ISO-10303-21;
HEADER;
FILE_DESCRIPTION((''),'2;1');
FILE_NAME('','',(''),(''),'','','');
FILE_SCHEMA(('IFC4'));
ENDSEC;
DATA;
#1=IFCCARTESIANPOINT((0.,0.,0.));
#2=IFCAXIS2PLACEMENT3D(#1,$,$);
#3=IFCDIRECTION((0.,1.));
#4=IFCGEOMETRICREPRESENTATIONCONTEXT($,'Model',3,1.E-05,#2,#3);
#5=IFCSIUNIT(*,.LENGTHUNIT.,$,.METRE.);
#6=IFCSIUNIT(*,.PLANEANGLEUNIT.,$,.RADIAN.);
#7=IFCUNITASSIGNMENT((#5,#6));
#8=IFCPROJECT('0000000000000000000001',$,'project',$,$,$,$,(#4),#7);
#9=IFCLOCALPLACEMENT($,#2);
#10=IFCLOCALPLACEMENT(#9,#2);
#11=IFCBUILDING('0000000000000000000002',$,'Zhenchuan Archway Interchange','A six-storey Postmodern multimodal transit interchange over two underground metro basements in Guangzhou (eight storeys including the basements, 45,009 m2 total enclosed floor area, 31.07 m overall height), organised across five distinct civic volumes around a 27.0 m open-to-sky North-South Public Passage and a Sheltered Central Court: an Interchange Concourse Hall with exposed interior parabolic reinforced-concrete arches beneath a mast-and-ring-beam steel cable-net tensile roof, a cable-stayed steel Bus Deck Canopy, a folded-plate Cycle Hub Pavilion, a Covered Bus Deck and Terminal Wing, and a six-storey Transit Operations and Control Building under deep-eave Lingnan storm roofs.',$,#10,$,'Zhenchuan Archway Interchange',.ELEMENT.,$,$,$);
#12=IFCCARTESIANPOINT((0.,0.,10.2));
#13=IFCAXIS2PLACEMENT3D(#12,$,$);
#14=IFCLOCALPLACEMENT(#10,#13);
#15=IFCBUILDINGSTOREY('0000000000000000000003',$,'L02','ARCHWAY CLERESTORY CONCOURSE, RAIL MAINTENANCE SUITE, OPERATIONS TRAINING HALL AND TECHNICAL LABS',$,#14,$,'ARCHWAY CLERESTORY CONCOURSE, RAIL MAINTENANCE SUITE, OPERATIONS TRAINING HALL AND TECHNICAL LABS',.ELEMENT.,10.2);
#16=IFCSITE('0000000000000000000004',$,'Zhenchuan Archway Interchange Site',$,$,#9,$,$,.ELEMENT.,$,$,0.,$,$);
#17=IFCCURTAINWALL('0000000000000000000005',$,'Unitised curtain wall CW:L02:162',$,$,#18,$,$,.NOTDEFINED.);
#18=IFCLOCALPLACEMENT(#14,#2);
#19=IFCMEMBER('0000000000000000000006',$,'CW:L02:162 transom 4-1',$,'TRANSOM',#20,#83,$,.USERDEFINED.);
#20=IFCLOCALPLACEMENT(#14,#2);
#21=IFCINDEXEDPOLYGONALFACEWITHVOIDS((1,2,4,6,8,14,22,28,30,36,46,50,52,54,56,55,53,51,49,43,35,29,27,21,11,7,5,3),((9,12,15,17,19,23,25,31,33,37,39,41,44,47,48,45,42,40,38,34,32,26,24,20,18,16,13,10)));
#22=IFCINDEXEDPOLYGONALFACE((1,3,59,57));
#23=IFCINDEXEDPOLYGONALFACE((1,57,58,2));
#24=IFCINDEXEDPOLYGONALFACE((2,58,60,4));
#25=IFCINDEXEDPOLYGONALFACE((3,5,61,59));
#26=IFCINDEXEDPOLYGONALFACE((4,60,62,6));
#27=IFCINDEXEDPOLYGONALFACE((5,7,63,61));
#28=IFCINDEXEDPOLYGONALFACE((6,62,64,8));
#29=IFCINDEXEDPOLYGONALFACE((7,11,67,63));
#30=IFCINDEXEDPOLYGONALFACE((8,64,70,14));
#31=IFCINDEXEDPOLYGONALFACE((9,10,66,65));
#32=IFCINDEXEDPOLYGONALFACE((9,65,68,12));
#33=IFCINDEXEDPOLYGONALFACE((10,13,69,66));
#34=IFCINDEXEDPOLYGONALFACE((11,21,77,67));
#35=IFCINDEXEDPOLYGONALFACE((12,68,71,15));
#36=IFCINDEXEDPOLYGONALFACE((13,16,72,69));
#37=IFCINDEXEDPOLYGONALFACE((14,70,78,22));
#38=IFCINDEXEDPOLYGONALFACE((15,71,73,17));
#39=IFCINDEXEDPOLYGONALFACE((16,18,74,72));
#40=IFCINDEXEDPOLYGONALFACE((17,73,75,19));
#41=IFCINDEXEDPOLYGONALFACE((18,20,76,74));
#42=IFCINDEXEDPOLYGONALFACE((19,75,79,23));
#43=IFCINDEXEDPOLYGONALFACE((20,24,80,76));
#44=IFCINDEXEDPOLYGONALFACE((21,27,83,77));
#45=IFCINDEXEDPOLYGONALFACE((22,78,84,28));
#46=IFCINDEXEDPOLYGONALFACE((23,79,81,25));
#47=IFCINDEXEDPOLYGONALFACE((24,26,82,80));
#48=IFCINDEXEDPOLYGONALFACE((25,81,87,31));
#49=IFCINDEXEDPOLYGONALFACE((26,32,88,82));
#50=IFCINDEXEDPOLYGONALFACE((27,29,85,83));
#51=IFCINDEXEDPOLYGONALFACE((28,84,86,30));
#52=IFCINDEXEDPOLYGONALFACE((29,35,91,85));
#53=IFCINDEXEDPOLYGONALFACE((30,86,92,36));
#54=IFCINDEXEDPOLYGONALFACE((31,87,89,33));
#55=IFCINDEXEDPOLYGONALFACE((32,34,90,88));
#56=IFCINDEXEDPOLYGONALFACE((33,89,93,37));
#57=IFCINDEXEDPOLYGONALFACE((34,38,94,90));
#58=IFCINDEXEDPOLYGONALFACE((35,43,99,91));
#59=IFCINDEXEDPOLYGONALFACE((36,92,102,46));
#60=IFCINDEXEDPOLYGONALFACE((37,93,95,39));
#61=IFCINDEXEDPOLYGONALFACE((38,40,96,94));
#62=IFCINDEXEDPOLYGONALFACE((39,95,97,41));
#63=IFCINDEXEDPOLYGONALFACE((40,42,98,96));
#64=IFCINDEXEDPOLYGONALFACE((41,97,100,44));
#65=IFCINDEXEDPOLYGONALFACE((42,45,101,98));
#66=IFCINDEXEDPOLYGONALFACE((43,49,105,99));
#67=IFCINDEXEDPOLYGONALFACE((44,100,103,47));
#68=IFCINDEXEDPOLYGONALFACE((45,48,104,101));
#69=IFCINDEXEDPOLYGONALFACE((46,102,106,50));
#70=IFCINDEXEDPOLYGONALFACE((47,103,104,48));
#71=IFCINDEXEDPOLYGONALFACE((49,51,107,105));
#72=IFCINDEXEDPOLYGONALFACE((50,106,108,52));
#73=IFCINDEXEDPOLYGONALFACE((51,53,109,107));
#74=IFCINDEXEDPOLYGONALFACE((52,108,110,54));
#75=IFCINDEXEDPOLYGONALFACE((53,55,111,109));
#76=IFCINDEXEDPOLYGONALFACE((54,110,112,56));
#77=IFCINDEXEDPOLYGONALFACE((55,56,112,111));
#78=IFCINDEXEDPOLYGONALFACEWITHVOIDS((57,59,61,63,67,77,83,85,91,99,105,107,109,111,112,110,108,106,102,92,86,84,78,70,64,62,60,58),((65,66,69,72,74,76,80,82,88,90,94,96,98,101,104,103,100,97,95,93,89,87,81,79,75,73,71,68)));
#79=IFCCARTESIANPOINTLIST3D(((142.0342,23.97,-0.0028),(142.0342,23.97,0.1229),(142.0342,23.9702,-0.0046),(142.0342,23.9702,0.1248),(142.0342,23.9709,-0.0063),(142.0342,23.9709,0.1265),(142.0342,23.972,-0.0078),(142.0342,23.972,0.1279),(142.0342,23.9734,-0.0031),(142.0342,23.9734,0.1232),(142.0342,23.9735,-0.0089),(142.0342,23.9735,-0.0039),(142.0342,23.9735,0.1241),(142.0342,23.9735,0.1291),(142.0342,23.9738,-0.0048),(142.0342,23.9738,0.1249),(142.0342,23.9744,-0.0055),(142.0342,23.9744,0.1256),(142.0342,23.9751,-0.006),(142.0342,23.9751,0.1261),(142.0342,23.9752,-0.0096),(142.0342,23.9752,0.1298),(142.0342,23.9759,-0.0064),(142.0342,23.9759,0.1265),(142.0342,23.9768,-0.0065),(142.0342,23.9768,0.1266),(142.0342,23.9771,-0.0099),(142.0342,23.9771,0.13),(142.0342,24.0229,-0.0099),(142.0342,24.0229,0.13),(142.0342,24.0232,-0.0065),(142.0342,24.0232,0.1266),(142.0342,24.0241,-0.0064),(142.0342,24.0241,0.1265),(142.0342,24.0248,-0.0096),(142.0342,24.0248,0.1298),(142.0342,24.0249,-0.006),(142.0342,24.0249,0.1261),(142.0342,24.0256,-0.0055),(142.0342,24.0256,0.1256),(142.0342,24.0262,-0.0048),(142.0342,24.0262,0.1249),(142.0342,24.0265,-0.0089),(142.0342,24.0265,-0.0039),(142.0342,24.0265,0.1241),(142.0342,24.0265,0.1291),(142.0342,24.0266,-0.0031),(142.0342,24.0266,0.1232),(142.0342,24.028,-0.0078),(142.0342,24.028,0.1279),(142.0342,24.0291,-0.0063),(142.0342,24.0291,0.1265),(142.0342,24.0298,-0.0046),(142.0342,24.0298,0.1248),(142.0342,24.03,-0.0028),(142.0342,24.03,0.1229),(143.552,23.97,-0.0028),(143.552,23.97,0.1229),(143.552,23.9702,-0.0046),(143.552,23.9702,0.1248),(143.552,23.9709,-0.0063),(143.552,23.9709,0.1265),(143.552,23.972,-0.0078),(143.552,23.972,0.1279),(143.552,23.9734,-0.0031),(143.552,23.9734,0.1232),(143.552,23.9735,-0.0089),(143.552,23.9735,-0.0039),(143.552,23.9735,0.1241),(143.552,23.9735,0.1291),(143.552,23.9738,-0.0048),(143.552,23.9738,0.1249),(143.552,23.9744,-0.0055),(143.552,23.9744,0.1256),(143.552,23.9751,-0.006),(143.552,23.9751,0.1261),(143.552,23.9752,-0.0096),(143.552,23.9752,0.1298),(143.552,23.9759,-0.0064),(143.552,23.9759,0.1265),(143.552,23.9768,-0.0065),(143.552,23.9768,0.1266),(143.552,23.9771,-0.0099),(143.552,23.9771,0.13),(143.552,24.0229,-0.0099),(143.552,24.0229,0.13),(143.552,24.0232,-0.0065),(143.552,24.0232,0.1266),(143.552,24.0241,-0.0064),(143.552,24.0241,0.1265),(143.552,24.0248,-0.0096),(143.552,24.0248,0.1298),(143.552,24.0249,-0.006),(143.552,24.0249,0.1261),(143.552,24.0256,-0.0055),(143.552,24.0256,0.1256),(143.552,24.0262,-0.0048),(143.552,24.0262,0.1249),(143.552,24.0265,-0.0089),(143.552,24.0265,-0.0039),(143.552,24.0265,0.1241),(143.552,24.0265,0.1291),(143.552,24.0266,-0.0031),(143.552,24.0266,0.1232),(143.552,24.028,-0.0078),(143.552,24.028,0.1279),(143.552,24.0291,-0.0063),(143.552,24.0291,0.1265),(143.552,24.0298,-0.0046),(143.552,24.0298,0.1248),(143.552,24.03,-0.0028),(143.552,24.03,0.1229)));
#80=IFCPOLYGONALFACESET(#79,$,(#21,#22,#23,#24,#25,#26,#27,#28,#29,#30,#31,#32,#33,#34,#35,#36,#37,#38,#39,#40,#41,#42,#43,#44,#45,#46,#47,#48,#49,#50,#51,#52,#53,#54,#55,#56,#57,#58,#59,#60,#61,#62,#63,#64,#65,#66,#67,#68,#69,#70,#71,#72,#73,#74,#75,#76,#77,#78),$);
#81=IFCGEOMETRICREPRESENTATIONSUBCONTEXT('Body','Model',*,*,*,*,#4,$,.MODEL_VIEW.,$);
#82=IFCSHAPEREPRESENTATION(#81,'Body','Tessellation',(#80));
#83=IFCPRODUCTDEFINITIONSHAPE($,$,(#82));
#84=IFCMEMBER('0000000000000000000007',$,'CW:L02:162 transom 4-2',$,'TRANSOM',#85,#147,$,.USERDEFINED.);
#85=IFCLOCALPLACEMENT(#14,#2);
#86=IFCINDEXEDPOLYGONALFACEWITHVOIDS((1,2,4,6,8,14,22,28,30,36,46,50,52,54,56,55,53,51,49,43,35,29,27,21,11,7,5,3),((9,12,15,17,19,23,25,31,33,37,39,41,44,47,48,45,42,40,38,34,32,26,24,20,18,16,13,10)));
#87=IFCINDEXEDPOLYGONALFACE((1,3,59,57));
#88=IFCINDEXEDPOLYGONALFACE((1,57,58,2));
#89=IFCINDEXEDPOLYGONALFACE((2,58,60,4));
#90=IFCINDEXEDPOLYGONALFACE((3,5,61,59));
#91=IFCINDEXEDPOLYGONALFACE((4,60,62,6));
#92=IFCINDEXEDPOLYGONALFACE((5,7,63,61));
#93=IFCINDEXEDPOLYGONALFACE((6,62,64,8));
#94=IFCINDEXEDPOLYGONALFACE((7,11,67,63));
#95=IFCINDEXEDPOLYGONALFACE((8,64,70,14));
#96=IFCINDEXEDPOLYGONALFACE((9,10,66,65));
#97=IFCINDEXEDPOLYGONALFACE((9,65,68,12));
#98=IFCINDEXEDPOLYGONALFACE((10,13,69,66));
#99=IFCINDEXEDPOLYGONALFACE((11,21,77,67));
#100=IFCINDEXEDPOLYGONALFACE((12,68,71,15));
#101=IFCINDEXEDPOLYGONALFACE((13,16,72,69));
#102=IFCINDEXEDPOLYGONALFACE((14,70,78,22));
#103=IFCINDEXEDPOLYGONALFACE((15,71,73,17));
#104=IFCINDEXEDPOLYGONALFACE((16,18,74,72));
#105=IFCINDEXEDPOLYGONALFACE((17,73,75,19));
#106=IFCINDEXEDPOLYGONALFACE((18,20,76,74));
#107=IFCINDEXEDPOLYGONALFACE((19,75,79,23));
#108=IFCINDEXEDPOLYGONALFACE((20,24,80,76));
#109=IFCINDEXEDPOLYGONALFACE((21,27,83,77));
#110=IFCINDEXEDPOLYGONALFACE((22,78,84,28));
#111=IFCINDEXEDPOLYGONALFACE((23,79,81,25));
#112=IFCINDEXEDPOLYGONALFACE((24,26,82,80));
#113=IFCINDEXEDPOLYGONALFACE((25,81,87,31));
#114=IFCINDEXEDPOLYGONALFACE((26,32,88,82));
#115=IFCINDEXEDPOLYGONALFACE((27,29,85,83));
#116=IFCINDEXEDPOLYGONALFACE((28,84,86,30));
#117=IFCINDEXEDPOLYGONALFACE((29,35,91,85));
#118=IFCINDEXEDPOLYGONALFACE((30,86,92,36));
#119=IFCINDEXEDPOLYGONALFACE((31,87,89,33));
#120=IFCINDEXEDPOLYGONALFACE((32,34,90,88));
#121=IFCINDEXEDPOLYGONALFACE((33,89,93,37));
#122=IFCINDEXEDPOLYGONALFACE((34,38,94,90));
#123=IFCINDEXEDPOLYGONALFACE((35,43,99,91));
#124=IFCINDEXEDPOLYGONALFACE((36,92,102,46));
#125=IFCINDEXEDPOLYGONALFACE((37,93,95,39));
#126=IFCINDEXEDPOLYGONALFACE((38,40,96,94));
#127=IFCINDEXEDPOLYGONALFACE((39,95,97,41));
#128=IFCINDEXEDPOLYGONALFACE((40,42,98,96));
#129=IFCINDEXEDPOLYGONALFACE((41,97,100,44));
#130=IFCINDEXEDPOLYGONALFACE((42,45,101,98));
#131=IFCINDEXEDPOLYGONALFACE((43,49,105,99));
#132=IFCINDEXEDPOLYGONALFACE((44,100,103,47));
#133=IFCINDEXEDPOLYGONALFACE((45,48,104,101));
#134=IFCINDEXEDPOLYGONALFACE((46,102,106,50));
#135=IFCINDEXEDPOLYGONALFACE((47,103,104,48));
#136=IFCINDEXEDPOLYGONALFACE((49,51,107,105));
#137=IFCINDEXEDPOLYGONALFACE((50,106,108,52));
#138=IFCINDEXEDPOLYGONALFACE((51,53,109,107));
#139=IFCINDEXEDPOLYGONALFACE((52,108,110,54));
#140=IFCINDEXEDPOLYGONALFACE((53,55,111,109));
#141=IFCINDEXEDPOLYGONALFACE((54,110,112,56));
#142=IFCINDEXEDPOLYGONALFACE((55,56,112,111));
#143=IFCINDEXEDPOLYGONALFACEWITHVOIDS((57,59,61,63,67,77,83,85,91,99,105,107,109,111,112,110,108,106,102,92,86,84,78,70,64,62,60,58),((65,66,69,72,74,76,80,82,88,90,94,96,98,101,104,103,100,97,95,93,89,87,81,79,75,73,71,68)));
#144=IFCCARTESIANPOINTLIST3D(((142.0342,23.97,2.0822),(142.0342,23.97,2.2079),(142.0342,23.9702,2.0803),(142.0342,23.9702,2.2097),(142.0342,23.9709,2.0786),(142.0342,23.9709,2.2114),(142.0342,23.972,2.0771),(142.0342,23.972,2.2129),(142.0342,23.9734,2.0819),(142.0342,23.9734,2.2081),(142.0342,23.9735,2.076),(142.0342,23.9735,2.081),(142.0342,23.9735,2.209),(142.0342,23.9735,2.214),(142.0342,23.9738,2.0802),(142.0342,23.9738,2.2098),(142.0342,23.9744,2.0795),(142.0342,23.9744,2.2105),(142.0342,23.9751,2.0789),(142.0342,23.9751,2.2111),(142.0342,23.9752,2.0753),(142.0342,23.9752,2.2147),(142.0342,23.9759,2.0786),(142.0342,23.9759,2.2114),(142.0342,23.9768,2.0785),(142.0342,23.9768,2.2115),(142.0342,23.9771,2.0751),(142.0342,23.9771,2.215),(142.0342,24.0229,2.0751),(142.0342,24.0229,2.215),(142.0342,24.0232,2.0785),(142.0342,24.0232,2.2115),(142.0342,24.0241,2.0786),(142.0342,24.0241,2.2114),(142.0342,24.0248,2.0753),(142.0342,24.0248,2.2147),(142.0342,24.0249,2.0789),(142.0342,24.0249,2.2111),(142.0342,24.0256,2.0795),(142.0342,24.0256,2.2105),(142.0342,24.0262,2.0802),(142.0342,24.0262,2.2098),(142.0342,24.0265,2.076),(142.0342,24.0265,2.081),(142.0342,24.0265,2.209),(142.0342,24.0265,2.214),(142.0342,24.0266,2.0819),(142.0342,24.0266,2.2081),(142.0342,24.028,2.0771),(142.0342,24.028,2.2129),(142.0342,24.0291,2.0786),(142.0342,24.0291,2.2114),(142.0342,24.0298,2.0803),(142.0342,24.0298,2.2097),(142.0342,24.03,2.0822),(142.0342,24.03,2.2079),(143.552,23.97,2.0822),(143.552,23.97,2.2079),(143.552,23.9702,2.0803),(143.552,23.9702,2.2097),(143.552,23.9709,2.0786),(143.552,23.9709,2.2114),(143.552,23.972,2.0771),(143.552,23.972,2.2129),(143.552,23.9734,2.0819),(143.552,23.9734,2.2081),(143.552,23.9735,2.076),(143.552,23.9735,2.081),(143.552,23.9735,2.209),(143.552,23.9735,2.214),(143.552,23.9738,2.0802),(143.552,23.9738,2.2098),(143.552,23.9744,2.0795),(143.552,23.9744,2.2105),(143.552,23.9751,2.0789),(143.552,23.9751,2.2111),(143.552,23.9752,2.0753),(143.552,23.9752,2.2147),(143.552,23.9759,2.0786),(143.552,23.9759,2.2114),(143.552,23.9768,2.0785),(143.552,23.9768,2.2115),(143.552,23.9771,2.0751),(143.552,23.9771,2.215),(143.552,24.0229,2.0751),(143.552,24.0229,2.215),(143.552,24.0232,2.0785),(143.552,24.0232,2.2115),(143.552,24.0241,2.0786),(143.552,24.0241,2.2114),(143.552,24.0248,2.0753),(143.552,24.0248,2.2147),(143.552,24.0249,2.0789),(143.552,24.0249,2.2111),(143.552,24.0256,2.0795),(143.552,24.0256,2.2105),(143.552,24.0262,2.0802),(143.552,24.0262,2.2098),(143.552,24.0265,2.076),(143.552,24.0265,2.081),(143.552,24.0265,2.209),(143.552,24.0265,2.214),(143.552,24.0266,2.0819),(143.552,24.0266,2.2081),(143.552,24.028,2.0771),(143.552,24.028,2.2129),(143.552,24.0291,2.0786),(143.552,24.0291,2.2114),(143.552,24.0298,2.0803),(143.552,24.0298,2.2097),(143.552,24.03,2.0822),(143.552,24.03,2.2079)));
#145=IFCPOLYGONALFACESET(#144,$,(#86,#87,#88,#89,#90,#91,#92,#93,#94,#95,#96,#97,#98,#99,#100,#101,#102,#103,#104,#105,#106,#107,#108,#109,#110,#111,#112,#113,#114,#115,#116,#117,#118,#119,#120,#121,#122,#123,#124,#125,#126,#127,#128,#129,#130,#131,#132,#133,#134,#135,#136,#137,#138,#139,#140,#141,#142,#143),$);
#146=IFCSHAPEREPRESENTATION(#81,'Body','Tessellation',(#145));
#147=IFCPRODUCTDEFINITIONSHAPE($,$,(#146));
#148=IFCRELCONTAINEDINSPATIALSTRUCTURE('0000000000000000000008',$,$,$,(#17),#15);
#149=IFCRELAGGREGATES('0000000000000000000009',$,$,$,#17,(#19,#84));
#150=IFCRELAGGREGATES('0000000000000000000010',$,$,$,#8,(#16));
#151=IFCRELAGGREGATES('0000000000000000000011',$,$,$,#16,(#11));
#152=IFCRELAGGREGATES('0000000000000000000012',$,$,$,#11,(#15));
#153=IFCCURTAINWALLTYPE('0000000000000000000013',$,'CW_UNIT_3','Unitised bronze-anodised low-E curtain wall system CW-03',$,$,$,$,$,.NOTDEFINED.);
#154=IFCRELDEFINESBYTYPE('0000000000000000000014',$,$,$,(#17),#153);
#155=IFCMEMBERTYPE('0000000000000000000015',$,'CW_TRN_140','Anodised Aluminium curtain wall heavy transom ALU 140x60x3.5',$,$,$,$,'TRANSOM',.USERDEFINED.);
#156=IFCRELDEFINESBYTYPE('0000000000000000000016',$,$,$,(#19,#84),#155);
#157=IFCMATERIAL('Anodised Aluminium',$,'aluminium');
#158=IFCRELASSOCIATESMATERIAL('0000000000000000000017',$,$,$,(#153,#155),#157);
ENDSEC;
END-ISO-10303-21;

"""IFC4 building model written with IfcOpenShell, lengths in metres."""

from ifc_helpers import new_model, si_unit, direction, frame, origin, origin_2d, place, context, subcontext, project, spatial, hollow_rectangle, extrude, material, material_profile, profile_set, type_object, element, aggregate, save


model = new_model("IFC4")

# Units and contexts
model_context = context("Model", 3, precision=1e-05, world=origin(), true_north=direction((0.0, 1.0)))
body_context = subcontext(model_context, "Body", "Model", "MODEL_VIEW")
ifc_project = project(units=[si_unit("LENGTHUNIT", "METRE"), si_unit("PLANEANGLEUNIT", "RADIAN")], contexts=[model_context])

# Site, building, storey
site_placement = place(None, origin())
site = spatial("IfcSite", under=ifc_project, at=site_placement, Name="Zhenchuan Archway Interchange Site", CompositionType="ELEMENT", RefElevation=0.0)
building_placement = place(site_placement, origin())
building = spatial("IfcBuilding", under=site, at=building_placement, Name="Zhenchuan Archway Interchange", Description="A six-storey Postmodern multimodal transit interchange over two underground metro basements in Guangzhou (eight storeys including the basements, 45,009 m2 total enclosed floor area, 31.07 m overall height), organised across five distinct civic volumes around a 27.0 m open-to-sky North-South Public Passage and a Sheltered Central Court: an Interchange Concourse Hall with exposed interior parabolic reinforced-concrete arches beneath a mast-and-ring-beam steel cable-net tensile roof, a cable-stayed steel Bus Deck Canopy, a folded-plate Cycle Hub Pavilion, a Covered Bus Deck and Terminal Wing, and a six-storey Transit Operations and Control Building under deep-eave Lingnan storm roofs.", LongName="Zhenchuan Archway Interchange", CompositionType="ELEMENT")
storey_placement = place(building_placement, frame((0.0, 0.0, 10.2)))
storey = spatial("IfcBuildingStorey", under=building, at=storey_placement, Name="L02", Description="ARCHWAY CLERESTORY CONCOURSE, RAIL MAINTENANCE SUITE, OPERATIONS TRAINING HALL AND TECHNICAL LABS", LongName="ARCHWAY CLERESTORY CONCOURSE, RAIL MAINTENANCE SUITE, OPERATIONS TRAINING HALL AND TECHNICAL LABS", CompositionType="ELEMENT", Elevation=10.2)

# Curtain wall, members
ifc_material_1 = material(Name="Anodised Aluminium", Category="aluminium")
curtain_wall_type = type_object("IfcCurtainWallType", Name="CW_UNIT_3", Description="Unitised bronze-anodised low-E curtain wall system CW-03", PredefinedType="NOTDEFINED", material=ifc_material_1)
curtain_wall_placement = place(storey_placement, origin())
curtain_wall = element("IfcCurtainWall", 1, at=curtain_wall_placement, inside=storey, type_object=curtain_wall_type, Name="Unitised curtain wall CW:L02:162", PredefinedType="NOTDEFINED")
ifc_material_profile_1 = material_profile(ifc_material_1, hollow_rectangle(XDim=0.0601, YDim=0.1399, WallThickness=0.0034, InnerFilletRadius=0.0034, OuterFilletRadius=0.0071, at=origin_2d()), Name="ALU 140x60x3.5")
ifc_profile_set_1 = profile_set([ifc_material_profile_1], Name="Anodised Aluminium")
member_type_1 = type_object("IfcMemberType", Name="CW_TRN_140", Description="Anodised Aluminium curtain wall heavy transom ALU 140x60x3.5", ElementType="TRANSOM", PredefinedType="USERDEFINED", material=ifc_profile_set_1)
member_1_placement = place(storey_placement, frame((142.0342, 24.0, 0.0601), z_axis=(1.0, 0.0, 0.0), x_axis=(0.0, 1.0, 0.0)))
member_1 = element("IfcMember", 2, at=member_1_placement, type_object=member_type_1, Name="CW:L02:162 transom 4-1", ObjectType="TRANSOM", PredefinedType="USERDEFINED", context=body_context, shape_type="SweptSolid", body=[
    extrude(hollow_rectangle(XDim=0.0601, YDim=0.1399, WallThickness=0.0034, InnerFilletRadius=0.0034, OuterFilletRadius=0.0071, at=origin_2d()), origin(), (0.0, 0.0, 1.0), 1.5178),
])
member_2_placement = place(storey_placement, frame((142.0342, 24.0, 2.145), z_axis=(1.0, 0.0, 0.0), x_axis=(0.0, 1.0, 0.0)))
member_2 = element("IfcMember", 3, at=member_2_placement, type_object=member_type_1, Name="CW:L02:162 transom 4-2", ObjectType="TRANSOM", PredefinedType="USERDEFINED", context=body_context, shape_type="SweptSolid", body=[
    extrude(hollow_rectangle(XDim=0.0601, YDim=0.1399, WallThickness=0.0034, InnerFilletRadius=0.0034, OuterFilletRadius=0.0071, at=origin_2d()), origin(), (0.0, 0.0, 1.0), 1.5178),
])

aggregate(curtain_wall, [member_1, member_2])

save(model, "model.ifc")
